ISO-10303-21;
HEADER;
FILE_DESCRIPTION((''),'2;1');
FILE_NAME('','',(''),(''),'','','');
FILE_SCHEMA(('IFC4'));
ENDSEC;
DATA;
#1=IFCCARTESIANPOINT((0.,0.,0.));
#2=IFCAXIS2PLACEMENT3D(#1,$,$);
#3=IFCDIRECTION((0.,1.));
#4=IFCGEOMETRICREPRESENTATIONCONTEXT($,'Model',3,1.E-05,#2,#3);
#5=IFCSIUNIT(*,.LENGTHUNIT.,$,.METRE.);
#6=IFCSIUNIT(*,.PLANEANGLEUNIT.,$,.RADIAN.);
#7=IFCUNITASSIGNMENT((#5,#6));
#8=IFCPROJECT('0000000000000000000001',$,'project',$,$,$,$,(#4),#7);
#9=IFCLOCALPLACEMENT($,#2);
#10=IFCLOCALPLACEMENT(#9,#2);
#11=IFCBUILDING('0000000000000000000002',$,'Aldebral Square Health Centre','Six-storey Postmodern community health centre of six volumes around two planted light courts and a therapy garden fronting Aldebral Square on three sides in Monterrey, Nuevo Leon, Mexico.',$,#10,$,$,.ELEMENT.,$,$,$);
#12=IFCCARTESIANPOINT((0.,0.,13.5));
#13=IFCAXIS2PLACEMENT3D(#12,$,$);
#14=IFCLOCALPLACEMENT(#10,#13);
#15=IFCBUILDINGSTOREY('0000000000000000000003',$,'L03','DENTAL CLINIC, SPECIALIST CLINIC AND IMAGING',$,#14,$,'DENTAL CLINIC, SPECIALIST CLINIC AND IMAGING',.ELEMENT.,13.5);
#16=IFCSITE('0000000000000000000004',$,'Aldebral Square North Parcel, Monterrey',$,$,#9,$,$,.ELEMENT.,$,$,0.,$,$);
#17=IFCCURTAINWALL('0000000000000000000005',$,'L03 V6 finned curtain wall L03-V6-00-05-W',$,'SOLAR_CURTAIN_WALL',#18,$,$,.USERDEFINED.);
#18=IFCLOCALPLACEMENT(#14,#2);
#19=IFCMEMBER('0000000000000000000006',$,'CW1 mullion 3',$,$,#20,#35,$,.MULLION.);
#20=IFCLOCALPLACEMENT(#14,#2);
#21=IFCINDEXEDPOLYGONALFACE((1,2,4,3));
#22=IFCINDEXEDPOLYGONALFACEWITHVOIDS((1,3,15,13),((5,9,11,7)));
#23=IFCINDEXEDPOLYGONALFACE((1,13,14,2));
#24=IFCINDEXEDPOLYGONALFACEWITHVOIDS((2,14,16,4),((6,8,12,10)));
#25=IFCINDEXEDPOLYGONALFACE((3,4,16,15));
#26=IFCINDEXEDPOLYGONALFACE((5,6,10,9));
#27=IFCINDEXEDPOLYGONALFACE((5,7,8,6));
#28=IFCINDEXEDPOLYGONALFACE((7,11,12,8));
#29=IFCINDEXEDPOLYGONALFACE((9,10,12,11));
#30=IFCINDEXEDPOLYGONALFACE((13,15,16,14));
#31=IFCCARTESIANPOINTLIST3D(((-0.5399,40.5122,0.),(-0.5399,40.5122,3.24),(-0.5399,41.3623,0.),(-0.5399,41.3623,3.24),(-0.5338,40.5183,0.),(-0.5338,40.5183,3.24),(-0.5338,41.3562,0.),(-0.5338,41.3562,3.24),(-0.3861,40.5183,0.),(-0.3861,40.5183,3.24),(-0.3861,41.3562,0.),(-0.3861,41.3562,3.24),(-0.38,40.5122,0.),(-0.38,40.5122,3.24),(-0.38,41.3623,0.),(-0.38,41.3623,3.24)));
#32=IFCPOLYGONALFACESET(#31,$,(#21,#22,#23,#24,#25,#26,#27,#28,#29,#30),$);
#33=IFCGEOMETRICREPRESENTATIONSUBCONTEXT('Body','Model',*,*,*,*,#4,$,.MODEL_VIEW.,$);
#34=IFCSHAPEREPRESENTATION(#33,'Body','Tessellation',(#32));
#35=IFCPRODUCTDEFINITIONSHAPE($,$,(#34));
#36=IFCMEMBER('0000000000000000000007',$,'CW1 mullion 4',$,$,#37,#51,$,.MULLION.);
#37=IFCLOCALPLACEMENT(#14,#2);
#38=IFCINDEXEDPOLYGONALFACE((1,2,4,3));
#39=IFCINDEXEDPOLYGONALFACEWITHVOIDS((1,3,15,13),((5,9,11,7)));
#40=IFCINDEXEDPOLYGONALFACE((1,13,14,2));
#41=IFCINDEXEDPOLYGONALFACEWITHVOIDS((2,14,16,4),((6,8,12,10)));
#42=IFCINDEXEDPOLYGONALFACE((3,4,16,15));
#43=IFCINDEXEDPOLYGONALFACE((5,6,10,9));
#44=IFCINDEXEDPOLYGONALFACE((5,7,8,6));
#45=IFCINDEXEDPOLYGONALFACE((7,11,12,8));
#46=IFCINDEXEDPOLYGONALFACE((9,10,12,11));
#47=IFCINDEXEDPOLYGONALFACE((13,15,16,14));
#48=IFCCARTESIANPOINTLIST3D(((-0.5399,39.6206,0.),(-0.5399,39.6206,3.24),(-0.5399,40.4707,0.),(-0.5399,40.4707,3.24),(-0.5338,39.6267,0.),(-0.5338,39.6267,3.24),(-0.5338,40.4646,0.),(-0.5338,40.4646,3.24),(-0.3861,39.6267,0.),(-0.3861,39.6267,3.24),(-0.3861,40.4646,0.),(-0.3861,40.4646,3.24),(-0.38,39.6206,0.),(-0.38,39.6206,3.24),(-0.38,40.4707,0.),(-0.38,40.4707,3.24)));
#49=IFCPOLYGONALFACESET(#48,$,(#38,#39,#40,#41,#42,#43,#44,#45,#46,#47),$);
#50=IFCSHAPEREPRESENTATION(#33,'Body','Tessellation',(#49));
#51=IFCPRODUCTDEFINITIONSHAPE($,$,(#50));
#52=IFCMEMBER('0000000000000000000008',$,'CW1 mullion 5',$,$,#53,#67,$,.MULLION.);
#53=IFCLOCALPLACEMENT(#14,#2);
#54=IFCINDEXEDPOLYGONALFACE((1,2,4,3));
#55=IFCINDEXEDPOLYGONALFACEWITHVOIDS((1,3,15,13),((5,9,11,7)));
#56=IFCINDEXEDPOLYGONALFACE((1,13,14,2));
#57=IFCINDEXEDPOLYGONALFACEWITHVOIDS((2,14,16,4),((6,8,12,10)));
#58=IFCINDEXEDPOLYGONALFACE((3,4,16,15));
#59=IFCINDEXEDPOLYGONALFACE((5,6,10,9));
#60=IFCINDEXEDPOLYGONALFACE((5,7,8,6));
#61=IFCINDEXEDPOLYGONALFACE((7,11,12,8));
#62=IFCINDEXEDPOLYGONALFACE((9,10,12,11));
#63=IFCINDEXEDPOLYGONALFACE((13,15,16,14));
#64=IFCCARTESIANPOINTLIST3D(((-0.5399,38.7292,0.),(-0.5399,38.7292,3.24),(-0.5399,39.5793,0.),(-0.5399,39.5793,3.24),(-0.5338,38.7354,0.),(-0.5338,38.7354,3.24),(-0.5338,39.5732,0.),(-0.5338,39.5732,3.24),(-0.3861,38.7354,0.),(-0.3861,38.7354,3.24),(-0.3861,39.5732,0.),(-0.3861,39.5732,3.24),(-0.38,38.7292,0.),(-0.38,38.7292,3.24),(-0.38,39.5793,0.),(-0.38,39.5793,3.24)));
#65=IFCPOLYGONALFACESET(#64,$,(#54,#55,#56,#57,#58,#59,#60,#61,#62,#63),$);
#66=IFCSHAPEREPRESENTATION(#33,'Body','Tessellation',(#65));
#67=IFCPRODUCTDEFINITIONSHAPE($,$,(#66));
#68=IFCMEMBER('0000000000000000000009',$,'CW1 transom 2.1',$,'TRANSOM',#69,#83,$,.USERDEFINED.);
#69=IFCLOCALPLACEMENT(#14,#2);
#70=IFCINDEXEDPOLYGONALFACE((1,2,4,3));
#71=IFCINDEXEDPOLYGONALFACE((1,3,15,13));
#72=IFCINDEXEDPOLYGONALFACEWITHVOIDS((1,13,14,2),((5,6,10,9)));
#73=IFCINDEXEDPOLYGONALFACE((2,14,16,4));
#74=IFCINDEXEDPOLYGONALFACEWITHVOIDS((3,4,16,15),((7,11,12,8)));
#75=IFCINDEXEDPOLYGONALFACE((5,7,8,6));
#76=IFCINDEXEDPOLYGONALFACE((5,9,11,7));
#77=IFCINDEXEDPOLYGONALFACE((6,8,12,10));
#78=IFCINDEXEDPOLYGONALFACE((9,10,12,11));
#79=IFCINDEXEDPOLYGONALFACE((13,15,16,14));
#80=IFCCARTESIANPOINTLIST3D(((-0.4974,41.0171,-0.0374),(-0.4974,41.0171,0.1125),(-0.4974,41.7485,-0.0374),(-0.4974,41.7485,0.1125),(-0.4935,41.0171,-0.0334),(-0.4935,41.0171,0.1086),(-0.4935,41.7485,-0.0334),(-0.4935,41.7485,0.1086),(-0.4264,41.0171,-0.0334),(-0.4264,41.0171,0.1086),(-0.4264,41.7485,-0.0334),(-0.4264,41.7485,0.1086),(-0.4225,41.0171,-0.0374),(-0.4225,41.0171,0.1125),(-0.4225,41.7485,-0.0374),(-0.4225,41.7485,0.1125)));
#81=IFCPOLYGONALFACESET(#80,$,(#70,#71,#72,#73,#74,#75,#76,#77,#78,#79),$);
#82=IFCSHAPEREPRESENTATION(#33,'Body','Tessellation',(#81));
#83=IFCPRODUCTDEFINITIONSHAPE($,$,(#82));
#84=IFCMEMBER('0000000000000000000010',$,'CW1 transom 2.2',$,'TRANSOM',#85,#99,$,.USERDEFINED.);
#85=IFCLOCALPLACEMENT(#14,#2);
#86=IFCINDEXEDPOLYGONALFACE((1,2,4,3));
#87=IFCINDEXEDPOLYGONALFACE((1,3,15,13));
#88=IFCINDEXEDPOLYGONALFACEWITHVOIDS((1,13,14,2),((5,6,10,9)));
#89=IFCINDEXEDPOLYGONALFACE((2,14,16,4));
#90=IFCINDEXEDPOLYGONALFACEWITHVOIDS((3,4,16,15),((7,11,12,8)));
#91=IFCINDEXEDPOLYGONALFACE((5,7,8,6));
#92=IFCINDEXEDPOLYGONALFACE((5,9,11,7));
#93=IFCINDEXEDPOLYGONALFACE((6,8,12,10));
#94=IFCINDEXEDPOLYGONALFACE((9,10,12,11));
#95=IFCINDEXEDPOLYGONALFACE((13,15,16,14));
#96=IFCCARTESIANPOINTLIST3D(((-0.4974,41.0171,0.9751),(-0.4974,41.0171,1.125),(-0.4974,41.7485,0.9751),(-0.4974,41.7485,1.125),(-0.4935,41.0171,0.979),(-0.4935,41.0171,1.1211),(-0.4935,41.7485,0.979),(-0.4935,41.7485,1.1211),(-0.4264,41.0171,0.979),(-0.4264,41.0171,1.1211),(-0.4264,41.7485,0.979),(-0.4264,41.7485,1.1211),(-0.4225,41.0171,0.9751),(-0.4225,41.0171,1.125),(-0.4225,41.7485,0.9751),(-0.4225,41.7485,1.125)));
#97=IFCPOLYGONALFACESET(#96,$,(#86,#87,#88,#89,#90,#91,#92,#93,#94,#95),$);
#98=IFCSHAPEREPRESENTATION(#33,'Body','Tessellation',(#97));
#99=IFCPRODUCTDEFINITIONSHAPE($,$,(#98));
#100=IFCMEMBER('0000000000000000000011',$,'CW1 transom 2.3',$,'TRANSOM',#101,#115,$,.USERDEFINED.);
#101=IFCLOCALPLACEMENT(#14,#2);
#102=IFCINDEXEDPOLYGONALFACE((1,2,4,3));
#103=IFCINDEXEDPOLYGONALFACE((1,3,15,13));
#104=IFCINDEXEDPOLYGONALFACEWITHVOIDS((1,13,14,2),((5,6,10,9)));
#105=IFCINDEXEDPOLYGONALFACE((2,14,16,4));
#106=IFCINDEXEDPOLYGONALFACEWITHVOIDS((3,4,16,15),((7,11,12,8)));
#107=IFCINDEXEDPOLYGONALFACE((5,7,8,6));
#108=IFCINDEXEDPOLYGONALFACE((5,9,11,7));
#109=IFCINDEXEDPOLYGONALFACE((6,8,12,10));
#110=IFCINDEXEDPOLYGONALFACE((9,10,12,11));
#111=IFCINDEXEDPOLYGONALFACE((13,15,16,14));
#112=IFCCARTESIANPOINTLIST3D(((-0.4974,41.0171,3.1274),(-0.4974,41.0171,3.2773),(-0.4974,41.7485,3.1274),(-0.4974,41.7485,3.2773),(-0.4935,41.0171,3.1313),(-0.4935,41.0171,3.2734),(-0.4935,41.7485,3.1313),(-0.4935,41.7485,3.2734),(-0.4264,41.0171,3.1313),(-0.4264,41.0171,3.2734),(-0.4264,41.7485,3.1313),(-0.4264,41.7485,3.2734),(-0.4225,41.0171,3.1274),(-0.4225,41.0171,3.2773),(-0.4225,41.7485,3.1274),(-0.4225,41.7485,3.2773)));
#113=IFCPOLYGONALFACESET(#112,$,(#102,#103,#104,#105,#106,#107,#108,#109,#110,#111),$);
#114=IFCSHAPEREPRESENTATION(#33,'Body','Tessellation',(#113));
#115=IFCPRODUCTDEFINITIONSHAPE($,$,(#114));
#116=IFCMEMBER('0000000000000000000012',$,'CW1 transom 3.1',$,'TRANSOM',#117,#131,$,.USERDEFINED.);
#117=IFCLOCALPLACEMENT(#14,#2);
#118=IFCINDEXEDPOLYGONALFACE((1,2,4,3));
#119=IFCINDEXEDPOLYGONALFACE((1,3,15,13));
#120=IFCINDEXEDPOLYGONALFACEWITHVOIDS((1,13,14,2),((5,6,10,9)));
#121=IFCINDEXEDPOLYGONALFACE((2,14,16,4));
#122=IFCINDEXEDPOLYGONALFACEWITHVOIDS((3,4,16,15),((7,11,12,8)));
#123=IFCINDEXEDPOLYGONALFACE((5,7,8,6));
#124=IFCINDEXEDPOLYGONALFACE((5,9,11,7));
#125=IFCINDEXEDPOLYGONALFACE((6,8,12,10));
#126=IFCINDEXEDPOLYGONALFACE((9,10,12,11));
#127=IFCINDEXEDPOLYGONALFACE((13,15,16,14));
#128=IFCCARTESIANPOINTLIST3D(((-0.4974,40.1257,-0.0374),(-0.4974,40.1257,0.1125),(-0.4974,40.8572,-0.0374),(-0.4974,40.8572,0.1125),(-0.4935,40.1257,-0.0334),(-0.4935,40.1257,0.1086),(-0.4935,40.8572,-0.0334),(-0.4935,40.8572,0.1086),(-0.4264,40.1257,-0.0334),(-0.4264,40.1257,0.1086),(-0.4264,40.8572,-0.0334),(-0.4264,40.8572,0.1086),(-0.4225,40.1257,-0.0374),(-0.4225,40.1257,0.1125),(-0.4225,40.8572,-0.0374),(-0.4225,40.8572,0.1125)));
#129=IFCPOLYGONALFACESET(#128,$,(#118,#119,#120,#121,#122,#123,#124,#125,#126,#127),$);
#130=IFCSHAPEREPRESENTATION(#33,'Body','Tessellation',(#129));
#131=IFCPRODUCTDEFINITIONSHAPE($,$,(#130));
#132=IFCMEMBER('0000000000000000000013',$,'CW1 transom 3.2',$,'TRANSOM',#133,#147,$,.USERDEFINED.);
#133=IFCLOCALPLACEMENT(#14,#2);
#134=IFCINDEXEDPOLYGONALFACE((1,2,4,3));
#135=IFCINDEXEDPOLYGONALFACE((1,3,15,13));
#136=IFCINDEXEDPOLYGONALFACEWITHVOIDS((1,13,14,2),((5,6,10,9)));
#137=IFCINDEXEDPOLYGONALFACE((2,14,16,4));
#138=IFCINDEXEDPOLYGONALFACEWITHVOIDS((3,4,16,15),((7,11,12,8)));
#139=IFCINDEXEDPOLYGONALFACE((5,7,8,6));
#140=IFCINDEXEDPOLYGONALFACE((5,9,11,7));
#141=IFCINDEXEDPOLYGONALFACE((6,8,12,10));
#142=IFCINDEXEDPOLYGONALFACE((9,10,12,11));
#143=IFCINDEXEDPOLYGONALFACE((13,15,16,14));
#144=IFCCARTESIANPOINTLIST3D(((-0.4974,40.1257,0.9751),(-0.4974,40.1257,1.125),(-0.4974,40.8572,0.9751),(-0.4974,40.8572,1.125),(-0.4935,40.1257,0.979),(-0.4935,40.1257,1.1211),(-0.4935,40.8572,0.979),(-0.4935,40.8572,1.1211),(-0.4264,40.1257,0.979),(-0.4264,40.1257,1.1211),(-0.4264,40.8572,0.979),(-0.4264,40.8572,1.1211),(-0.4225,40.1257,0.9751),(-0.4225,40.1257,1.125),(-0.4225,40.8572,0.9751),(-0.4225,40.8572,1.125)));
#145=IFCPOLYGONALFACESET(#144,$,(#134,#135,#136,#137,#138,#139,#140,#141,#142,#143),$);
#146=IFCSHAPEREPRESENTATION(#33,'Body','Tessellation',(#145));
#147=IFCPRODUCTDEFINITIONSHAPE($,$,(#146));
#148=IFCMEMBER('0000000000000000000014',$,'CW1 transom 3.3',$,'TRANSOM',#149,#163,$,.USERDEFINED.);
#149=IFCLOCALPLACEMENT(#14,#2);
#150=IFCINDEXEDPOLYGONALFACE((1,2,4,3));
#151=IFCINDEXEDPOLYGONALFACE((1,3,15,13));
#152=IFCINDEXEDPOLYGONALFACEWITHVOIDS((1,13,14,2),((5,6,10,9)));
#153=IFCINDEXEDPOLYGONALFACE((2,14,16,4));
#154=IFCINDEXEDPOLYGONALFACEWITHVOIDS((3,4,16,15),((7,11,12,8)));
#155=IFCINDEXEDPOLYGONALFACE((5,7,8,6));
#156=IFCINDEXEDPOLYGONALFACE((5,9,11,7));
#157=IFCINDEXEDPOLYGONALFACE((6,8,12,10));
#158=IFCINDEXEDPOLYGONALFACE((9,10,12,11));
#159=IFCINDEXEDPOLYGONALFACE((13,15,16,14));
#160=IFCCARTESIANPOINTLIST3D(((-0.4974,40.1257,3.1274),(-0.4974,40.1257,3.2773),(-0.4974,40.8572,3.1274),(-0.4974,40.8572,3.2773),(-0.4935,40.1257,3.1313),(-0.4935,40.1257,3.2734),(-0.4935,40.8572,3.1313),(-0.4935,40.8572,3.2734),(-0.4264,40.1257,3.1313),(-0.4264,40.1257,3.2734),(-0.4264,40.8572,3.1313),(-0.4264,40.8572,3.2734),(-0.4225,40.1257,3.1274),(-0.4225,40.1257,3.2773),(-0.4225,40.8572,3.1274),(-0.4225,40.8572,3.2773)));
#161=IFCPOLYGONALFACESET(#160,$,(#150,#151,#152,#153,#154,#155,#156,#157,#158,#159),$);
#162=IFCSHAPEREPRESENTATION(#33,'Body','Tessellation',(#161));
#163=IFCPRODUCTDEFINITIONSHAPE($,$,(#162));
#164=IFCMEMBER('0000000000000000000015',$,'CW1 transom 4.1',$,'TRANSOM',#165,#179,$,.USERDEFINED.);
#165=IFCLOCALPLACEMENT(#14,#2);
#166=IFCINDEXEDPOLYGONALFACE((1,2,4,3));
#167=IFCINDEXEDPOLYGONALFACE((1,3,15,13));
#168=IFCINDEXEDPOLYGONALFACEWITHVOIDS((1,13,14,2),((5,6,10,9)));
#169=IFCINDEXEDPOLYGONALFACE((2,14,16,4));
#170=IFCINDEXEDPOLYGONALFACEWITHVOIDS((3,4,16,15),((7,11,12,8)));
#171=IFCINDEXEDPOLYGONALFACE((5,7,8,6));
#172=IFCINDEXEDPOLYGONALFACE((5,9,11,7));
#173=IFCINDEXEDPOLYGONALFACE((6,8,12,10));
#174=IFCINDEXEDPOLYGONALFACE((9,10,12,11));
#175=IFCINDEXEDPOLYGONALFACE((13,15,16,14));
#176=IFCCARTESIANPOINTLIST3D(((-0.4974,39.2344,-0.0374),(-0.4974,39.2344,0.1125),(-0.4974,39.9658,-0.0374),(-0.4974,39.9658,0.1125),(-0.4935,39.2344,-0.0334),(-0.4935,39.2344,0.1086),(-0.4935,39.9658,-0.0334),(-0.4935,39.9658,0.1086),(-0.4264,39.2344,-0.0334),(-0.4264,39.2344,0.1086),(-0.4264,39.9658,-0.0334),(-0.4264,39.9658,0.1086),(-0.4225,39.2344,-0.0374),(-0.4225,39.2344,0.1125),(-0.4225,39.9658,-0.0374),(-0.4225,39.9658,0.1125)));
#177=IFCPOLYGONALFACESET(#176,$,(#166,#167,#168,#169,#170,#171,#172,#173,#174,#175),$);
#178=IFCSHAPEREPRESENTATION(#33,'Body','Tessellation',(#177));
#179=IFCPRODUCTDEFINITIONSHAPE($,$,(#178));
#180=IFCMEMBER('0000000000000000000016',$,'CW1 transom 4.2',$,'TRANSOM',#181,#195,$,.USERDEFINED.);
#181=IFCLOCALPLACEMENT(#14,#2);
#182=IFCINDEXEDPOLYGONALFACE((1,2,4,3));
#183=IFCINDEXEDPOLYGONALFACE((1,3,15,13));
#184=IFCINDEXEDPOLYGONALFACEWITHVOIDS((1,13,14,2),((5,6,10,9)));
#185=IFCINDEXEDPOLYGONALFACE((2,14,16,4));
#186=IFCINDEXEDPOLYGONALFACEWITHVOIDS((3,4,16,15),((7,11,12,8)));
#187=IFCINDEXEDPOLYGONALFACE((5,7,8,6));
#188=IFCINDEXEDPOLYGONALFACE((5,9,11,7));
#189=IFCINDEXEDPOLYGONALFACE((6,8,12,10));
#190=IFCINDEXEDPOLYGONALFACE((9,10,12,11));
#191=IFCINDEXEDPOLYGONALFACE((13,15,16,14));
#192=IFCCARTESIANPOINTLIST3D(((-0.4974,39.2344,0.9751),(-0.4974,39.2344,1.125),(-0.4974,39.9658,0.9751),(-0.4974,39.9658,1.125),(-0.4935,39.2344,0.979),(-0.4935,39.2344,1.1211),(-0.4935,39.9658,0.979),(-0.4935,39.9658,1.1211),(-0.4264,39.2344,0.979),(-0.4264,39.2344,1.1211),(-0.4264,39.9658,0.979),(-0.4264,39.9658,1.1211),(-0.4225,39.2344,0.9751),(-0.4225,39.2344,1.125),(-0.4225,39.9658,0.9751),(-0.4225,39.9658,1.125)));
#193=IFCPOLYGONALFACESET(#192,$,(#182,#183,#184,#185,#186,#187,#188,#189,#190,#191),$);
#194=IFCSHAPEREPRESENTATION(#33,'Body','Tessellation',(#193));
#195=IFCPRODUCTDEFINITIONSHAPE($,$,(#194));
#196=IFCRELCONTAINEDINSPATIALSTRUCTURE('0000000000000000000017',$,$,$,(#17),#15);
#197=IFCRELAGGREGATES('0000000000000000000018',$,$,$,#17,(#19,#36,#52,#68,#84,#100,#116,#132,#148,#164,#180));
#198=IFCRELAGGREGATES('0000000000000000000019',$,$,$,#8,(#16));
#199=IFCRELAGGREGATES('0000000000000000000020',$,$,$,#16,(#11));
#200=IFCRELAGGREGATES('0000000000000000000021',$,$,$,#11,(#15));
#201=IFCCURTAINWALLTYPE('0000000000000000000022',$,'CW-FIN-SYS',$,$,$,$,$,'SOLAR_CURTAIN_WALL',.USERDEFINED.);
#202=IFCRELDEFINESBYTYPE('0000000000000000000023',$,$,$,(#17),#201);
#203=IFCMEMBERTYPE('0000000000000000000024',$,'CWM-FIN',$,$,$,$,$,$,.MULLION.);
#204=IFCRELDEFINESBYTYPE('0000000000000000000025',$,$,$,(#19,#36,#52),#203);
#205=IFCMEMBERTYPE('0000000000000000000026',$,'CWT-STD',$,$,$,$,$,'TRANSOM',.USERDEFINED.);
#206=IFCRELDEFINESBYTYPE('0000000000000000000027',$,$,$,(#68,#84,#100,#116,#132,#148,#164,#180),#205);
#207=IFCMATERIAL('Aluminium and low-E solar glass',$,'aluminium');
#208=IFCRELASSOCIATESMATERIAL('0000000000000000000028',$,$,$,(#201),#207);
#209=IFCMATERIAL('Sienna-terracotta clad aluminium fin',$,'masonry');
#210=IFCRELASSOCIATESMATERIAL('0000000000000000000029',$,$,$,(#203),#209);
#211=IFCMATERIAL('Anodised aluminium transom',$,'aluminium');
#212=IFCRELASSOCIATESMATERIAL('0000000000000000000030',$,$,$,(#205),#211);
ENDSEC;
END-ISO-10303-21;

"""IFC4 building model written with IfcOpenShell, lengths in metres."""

from ifc_helpers import new_model, si_unit, direction, frame, origin, origin_2d, place, context, subcontext, project, spatial, hollow_rectangle, extrude, material, material_profile, profile_set, type_object, element, aggregate, save


model = new_model("IFC4")

# Units and contexts
model_context = context("Model", 3, precision=1e-05, world=origin(), true_north=direction((0.0, 1.0)))
body_context = subcontext(model_context, "Body", "Model", "MODEL_VIEW")
ifc_project = project(units=[si_unit("LENGTHUNIT", "METRE"), si_unit("PLANEANGLEUNIT", "RADIAN")], contexts=[model_context])

# Site, building, storey
site_placement = place(None, origin())
site = spatial("IfcSite", under=ifc_project, at=site_placement, Name="Aldebral Square North Parcel, Monterrey", CompositionType="ELEMENT", RefElevation=0.0)
building_placement = place(site_placement, origin())
building = spatial("IfcBuilding", under=site, at=building_placement, Name="Aldebral Square Health Centre", Description="Six-storey Postmodern community health centre of six volumes around two planted light courts and a therapy garden fronting Aldebral Square on three sides in Monterrey, Nuevo Leon, Mexico.", CompositionType="ELEMENT")
storey_placement = place(building_placement, frame((0.0, 0.0, 13.5)))
storey = spatial("IfcBuildingStorey", under=building, at=storey_placement, Name="L03", Description="DENTAL CLINIC, SPECIALIST CLINIC AND IMAGING", LongName="DENTAL CLINIC, SPECIALIST CLINIC AND IMAGING", CompositionType="ELEMENT", Elevation=13.5)

# Curtain wall, members
ifc_material_1 = material(Name="Aluminium and low-E solar glass", Category="aluminium")
curtain_wall_type = type_object("IfcCurtainWallType", Name="CW-FIN-SYS", ElementType="SOLAR_CURTAIN_WALL", PredefinedType="USERDEFINED", material=ifc_material_1)
curtain_wall_placement = place(storey_placement, origin())
curtain_wall = element("IfcCurtainWall", 1, at=curtain_wall_placement, inside=storey, type_object=curtain_wall_type, Name="L03 V6 finned curtain wall L03-V6-00-05-W", ObjectType="SOLAR_CURTAIN_WALL", PredefinedType="USERDEFINED")
ifc_material_2 = material(Name="Sienna-terracotta clad aluminium fin", Category="masonry")
ifc_material_profile_1 = material_profile(ifc_material_2, hollow_rectangle(XDim=0.1599, YDim=0.8501, WallThickness=0.0061, at=origin_2d()), Name="FIN 160x850x6")
ifc_profile_set_1 = profile_set([ifc_material_profile_1], Name="Sienna-terracotta clad aluminium fin")
member_type_1 = type_object("IfcMemberType", Name="CWM-FIN", PredefinedType="MULLION", material=ifc_profile_set_1)
member_1_placement = place(storey_placement, frame((-0.46, 40.9373, 0.0), z_axis=(0.0, 0.0, 1.0), x_axis=(1.0, 0.0, 0.0)))
member_1 = element("IfcMember", 2, at=member_1_placement, type_object=member_type_1, Name="CW1 mullion 3", PredefinedType="MULLION", context=body_context, shape_type="SweptSolid", body=[
    extrude(hollow_rectangle(XDim=0.1599, YDim=0.8501, WallThickness=0.0061, at=origin_2d()), origin(), (0.0, 0.0, 1.0), 3.24),
])
member_2_placement = place(storey_placement, frame((-0.46, 40.0457, 0.0), z_axis=(0.0, 0.0, 1.0), x_axis=(1.0, 0.0, 0.0)))
member_2 = element("IfcMember", 3, at=member_2_placement, type_object=member_type_1, Name="CW1 mullion 4", PredefinedType="MULLION", context=body_context, shape_type="SweptSolid", body=[
    extrude(hollow_rectangle(XDim=0.1599, YDim=0.8501, WallThickness=0.0061, at=origin_2d()), origin(), (0.0, 0.0, 1.0), 3.24),
])
member_3_placement = place(storey_placement, frame((-0.46, 39.1543, 0.0), z_axis=(0.0, 0.0, 1.0), x_axis=(1.0, 0.0, 0.0)))
member_3 = element("IfcMember", 4, at=member_3_placement, type_object=member_type_1, Name="CW1 mullion 5", PredefinedType="MULLION", context=body_context, shape_type="SweptSolid", body=[
    extrude(hollow_rectangle(XDim=0.1599, YDim=0.8501, WallThickness=0.0061, at=origin_2d()), origin(), (0.0, 0.0, 1.0), 3.24),
])
ifc_material_3 = material(Name="Anodised aluminium transom", Category="aluminium")
ifc_material_profile_2 = material_profile(ifc_material_3, hollow_rectangle(XDim=0.075, YDim=0.1499, WallThickness=0.0039, at=origin_2d()), Name="CWT 75x150x4")
ifc_profile_set_2 = profile_set([ifc_material_profile_2], Name="Anodised aluminium transom")
member_type_2 = type_object("IfcMemberType", Name="CWT-STD", ElementType="TRANSOM", PredefinedType="USERDEFINED", material=ifc_profile_set_2)
member_4_placement = place(storey_placement, frame((-0.46, 41.7485, 0.0376), z_axis=(0.0, -1.0, 0.0), x_axis=(1.0, 0.0, 0.0)))
member_4 = element("IfcMember", 5, at=member_4_placement, type_object=member_type_2, Name="CW1 transom 2.1", ObjectType="TRANSOM", PredefinedType="USERDEFINED", context=body_context, shape_type="SweptSolid", body=[
    extrude(hollow_rectangle(XDim=0.075, YDim=0.1499, WallThickness=0.0039, at=origin_2d()), origin(), (0.0, 0.0, 1.0), 0.7314),
])
member_5_placement = place(storey_placement, frame((-0.46, 41.7485, 1.05), z_axis=(0.0, -1.0, 0.0), x_axis=(1.0, 0.0, 0.0)))
member_5 = element("IfcMember", 6, at=member_5_placement, type_object=member_type_2, Name="CW1 transom 2.2", ObjectType="TRANSOM", PredefinedType="USERDEFINED", context=body_context, shape_type="SweptSolid", body=[
    extrude(hollow_rectangle(XDim=0.075, YDim=0.1499, WallThickness=0.0039, at=origin_2d()), origin(), (0.0, 0.0, 1.0), 0.7314),
])
member_6_placement = place(storey_placement, frame((-0.46, 41.7485, 3.2024), z_axis=(0.0, -1.0, 0.0), x_axis=(1.0, 0.0, 0.0)))
member_6 = element("IfcMember", 7, at=member_6_placement, type_object=member_type_2, Name="CW1 transom 2.3", ObjectType="TRANSOM", PredefinedType="USERDEFINED", context=body_context, shape_type="SweptSolid", body=[
    extrude(hollow_rectangle(XDim=0.075, YDim=0.1499, WallThickness=0.0039, at=origin_2d()), origin(), (0.0, 0.0, 1.0), 0.7314),
])
member_7_placement = place(storey_placement, frame((-0.46, 40.8572, 0.0376), z_axis=(0.0, -1.0, 0.0), x_axis=(1.0, 0.0, 0.0)))
member_7 = element("IfcMember", 8, at=member_7_placement, type_object=member_type_2, Name="CW1 transom 3.1", ObjectType="TRANSOM", PredefinedType="USERDEFINED", context=body_context, shape_type="SweptSolid", body=[
    extrude(hollow_rectangle(XDim=0.075, YDim=0.1499, WallThickness=0.0039, at=origin_2d()), origin(), (0.0, 0.0, 1.0), 0.7314),
])
member_8_placement = place(storey_placement, frame((-0.46, 40.8572, 1.05), z_axis=(0.0, -1.0, 0.0), x_axis=(1.0, 0.0, 0.0)))
member_8 = element("IfcMember", 9, at=member_8_placement, type_object=member_type_2, Name="CW1 transom 3.2", ObjectType="TRANSOM", PredefinedType="USERDEFINED", context=body_context, shape_type="SweptSolid", body=[
    extrude(hollow_rectangle(XDim=0.075, YDim=0.1499, WallThickness=0.0039, at=origin_2d()), origin(), (0.0, 0.0, 1.0), 0.7314),
])
member_9_placement = place(storey_placement, frame((-0.46, 40.8572, 3.2024), z_axis=(0.0, -1.0, 0.0), x_axis=(1.0, 0.0, 0.0)))
member_9 = element("IfcMember", 10, at=member_9_placement, type_object=member_type_2, Name="CW1 transom 3.3", ObjectType="TRANSOM", PredefinedType="USERDEFINED", context=body_context, shape_type="SweptSolid", body=[
    extrude(hollow_rectangle(XDim=0.075, YDim=0.1499, WallThickness=0.0039, at=origin_2d()), origin(), (0.0, 0.0, 1.0), 0.7314),
])
member_10_placement = place(storey_placement, frame((-0.46, 39.9658, 0.0376), z_axis=(0.0, -1.0, 0.0), x_axis=(1.0, 0.0, 0.0)))
member_10 = element("IfcMember", 11, at=member_10_placement, type_object=member_type_2, Name="CW1 transom 4.1", ObjectType="TRANSOM", PredefinedType="USERDEFINED", context=body_context, shape_type="SweptSolid", body=[
    extrude(hollow_rectangle(XDim=0.075, YDim=0.1499, WallThickness=0.0039, at=origin_2d()), origin(), (0.0, 0.0, 1.0), 0.7314),
])
member_11_placement = place(storey_placement, frame((-0.46, 39.9658, 1.05), z_axis=(0.0, -1.0, 0.0), x_axis=(1.0, 0.0, 0.0)))
member_11 = element("IfcMember", 12, at=member_11_placement, type_object=member_type_2, Name="CW1 transom 4.2", ObjectType="TRANSOM", PredefinedType="USERDEFINED", context=body_context, shape_type="SweptSolid", body=[
    extrude(hollow_rectangle(XDim=0.075, YDim=0.1499, WallThickness=0.0039, at=origin_2d()), origin(), (0.0, 0.0, 1.0), 0.7314),
])
aggregate(curtain_wall, [member_1, member_2, member_3, member_4, member_5, member_6, member_7, member_8, member_9, member_10, member_11])

save(model, "model.ifc")
